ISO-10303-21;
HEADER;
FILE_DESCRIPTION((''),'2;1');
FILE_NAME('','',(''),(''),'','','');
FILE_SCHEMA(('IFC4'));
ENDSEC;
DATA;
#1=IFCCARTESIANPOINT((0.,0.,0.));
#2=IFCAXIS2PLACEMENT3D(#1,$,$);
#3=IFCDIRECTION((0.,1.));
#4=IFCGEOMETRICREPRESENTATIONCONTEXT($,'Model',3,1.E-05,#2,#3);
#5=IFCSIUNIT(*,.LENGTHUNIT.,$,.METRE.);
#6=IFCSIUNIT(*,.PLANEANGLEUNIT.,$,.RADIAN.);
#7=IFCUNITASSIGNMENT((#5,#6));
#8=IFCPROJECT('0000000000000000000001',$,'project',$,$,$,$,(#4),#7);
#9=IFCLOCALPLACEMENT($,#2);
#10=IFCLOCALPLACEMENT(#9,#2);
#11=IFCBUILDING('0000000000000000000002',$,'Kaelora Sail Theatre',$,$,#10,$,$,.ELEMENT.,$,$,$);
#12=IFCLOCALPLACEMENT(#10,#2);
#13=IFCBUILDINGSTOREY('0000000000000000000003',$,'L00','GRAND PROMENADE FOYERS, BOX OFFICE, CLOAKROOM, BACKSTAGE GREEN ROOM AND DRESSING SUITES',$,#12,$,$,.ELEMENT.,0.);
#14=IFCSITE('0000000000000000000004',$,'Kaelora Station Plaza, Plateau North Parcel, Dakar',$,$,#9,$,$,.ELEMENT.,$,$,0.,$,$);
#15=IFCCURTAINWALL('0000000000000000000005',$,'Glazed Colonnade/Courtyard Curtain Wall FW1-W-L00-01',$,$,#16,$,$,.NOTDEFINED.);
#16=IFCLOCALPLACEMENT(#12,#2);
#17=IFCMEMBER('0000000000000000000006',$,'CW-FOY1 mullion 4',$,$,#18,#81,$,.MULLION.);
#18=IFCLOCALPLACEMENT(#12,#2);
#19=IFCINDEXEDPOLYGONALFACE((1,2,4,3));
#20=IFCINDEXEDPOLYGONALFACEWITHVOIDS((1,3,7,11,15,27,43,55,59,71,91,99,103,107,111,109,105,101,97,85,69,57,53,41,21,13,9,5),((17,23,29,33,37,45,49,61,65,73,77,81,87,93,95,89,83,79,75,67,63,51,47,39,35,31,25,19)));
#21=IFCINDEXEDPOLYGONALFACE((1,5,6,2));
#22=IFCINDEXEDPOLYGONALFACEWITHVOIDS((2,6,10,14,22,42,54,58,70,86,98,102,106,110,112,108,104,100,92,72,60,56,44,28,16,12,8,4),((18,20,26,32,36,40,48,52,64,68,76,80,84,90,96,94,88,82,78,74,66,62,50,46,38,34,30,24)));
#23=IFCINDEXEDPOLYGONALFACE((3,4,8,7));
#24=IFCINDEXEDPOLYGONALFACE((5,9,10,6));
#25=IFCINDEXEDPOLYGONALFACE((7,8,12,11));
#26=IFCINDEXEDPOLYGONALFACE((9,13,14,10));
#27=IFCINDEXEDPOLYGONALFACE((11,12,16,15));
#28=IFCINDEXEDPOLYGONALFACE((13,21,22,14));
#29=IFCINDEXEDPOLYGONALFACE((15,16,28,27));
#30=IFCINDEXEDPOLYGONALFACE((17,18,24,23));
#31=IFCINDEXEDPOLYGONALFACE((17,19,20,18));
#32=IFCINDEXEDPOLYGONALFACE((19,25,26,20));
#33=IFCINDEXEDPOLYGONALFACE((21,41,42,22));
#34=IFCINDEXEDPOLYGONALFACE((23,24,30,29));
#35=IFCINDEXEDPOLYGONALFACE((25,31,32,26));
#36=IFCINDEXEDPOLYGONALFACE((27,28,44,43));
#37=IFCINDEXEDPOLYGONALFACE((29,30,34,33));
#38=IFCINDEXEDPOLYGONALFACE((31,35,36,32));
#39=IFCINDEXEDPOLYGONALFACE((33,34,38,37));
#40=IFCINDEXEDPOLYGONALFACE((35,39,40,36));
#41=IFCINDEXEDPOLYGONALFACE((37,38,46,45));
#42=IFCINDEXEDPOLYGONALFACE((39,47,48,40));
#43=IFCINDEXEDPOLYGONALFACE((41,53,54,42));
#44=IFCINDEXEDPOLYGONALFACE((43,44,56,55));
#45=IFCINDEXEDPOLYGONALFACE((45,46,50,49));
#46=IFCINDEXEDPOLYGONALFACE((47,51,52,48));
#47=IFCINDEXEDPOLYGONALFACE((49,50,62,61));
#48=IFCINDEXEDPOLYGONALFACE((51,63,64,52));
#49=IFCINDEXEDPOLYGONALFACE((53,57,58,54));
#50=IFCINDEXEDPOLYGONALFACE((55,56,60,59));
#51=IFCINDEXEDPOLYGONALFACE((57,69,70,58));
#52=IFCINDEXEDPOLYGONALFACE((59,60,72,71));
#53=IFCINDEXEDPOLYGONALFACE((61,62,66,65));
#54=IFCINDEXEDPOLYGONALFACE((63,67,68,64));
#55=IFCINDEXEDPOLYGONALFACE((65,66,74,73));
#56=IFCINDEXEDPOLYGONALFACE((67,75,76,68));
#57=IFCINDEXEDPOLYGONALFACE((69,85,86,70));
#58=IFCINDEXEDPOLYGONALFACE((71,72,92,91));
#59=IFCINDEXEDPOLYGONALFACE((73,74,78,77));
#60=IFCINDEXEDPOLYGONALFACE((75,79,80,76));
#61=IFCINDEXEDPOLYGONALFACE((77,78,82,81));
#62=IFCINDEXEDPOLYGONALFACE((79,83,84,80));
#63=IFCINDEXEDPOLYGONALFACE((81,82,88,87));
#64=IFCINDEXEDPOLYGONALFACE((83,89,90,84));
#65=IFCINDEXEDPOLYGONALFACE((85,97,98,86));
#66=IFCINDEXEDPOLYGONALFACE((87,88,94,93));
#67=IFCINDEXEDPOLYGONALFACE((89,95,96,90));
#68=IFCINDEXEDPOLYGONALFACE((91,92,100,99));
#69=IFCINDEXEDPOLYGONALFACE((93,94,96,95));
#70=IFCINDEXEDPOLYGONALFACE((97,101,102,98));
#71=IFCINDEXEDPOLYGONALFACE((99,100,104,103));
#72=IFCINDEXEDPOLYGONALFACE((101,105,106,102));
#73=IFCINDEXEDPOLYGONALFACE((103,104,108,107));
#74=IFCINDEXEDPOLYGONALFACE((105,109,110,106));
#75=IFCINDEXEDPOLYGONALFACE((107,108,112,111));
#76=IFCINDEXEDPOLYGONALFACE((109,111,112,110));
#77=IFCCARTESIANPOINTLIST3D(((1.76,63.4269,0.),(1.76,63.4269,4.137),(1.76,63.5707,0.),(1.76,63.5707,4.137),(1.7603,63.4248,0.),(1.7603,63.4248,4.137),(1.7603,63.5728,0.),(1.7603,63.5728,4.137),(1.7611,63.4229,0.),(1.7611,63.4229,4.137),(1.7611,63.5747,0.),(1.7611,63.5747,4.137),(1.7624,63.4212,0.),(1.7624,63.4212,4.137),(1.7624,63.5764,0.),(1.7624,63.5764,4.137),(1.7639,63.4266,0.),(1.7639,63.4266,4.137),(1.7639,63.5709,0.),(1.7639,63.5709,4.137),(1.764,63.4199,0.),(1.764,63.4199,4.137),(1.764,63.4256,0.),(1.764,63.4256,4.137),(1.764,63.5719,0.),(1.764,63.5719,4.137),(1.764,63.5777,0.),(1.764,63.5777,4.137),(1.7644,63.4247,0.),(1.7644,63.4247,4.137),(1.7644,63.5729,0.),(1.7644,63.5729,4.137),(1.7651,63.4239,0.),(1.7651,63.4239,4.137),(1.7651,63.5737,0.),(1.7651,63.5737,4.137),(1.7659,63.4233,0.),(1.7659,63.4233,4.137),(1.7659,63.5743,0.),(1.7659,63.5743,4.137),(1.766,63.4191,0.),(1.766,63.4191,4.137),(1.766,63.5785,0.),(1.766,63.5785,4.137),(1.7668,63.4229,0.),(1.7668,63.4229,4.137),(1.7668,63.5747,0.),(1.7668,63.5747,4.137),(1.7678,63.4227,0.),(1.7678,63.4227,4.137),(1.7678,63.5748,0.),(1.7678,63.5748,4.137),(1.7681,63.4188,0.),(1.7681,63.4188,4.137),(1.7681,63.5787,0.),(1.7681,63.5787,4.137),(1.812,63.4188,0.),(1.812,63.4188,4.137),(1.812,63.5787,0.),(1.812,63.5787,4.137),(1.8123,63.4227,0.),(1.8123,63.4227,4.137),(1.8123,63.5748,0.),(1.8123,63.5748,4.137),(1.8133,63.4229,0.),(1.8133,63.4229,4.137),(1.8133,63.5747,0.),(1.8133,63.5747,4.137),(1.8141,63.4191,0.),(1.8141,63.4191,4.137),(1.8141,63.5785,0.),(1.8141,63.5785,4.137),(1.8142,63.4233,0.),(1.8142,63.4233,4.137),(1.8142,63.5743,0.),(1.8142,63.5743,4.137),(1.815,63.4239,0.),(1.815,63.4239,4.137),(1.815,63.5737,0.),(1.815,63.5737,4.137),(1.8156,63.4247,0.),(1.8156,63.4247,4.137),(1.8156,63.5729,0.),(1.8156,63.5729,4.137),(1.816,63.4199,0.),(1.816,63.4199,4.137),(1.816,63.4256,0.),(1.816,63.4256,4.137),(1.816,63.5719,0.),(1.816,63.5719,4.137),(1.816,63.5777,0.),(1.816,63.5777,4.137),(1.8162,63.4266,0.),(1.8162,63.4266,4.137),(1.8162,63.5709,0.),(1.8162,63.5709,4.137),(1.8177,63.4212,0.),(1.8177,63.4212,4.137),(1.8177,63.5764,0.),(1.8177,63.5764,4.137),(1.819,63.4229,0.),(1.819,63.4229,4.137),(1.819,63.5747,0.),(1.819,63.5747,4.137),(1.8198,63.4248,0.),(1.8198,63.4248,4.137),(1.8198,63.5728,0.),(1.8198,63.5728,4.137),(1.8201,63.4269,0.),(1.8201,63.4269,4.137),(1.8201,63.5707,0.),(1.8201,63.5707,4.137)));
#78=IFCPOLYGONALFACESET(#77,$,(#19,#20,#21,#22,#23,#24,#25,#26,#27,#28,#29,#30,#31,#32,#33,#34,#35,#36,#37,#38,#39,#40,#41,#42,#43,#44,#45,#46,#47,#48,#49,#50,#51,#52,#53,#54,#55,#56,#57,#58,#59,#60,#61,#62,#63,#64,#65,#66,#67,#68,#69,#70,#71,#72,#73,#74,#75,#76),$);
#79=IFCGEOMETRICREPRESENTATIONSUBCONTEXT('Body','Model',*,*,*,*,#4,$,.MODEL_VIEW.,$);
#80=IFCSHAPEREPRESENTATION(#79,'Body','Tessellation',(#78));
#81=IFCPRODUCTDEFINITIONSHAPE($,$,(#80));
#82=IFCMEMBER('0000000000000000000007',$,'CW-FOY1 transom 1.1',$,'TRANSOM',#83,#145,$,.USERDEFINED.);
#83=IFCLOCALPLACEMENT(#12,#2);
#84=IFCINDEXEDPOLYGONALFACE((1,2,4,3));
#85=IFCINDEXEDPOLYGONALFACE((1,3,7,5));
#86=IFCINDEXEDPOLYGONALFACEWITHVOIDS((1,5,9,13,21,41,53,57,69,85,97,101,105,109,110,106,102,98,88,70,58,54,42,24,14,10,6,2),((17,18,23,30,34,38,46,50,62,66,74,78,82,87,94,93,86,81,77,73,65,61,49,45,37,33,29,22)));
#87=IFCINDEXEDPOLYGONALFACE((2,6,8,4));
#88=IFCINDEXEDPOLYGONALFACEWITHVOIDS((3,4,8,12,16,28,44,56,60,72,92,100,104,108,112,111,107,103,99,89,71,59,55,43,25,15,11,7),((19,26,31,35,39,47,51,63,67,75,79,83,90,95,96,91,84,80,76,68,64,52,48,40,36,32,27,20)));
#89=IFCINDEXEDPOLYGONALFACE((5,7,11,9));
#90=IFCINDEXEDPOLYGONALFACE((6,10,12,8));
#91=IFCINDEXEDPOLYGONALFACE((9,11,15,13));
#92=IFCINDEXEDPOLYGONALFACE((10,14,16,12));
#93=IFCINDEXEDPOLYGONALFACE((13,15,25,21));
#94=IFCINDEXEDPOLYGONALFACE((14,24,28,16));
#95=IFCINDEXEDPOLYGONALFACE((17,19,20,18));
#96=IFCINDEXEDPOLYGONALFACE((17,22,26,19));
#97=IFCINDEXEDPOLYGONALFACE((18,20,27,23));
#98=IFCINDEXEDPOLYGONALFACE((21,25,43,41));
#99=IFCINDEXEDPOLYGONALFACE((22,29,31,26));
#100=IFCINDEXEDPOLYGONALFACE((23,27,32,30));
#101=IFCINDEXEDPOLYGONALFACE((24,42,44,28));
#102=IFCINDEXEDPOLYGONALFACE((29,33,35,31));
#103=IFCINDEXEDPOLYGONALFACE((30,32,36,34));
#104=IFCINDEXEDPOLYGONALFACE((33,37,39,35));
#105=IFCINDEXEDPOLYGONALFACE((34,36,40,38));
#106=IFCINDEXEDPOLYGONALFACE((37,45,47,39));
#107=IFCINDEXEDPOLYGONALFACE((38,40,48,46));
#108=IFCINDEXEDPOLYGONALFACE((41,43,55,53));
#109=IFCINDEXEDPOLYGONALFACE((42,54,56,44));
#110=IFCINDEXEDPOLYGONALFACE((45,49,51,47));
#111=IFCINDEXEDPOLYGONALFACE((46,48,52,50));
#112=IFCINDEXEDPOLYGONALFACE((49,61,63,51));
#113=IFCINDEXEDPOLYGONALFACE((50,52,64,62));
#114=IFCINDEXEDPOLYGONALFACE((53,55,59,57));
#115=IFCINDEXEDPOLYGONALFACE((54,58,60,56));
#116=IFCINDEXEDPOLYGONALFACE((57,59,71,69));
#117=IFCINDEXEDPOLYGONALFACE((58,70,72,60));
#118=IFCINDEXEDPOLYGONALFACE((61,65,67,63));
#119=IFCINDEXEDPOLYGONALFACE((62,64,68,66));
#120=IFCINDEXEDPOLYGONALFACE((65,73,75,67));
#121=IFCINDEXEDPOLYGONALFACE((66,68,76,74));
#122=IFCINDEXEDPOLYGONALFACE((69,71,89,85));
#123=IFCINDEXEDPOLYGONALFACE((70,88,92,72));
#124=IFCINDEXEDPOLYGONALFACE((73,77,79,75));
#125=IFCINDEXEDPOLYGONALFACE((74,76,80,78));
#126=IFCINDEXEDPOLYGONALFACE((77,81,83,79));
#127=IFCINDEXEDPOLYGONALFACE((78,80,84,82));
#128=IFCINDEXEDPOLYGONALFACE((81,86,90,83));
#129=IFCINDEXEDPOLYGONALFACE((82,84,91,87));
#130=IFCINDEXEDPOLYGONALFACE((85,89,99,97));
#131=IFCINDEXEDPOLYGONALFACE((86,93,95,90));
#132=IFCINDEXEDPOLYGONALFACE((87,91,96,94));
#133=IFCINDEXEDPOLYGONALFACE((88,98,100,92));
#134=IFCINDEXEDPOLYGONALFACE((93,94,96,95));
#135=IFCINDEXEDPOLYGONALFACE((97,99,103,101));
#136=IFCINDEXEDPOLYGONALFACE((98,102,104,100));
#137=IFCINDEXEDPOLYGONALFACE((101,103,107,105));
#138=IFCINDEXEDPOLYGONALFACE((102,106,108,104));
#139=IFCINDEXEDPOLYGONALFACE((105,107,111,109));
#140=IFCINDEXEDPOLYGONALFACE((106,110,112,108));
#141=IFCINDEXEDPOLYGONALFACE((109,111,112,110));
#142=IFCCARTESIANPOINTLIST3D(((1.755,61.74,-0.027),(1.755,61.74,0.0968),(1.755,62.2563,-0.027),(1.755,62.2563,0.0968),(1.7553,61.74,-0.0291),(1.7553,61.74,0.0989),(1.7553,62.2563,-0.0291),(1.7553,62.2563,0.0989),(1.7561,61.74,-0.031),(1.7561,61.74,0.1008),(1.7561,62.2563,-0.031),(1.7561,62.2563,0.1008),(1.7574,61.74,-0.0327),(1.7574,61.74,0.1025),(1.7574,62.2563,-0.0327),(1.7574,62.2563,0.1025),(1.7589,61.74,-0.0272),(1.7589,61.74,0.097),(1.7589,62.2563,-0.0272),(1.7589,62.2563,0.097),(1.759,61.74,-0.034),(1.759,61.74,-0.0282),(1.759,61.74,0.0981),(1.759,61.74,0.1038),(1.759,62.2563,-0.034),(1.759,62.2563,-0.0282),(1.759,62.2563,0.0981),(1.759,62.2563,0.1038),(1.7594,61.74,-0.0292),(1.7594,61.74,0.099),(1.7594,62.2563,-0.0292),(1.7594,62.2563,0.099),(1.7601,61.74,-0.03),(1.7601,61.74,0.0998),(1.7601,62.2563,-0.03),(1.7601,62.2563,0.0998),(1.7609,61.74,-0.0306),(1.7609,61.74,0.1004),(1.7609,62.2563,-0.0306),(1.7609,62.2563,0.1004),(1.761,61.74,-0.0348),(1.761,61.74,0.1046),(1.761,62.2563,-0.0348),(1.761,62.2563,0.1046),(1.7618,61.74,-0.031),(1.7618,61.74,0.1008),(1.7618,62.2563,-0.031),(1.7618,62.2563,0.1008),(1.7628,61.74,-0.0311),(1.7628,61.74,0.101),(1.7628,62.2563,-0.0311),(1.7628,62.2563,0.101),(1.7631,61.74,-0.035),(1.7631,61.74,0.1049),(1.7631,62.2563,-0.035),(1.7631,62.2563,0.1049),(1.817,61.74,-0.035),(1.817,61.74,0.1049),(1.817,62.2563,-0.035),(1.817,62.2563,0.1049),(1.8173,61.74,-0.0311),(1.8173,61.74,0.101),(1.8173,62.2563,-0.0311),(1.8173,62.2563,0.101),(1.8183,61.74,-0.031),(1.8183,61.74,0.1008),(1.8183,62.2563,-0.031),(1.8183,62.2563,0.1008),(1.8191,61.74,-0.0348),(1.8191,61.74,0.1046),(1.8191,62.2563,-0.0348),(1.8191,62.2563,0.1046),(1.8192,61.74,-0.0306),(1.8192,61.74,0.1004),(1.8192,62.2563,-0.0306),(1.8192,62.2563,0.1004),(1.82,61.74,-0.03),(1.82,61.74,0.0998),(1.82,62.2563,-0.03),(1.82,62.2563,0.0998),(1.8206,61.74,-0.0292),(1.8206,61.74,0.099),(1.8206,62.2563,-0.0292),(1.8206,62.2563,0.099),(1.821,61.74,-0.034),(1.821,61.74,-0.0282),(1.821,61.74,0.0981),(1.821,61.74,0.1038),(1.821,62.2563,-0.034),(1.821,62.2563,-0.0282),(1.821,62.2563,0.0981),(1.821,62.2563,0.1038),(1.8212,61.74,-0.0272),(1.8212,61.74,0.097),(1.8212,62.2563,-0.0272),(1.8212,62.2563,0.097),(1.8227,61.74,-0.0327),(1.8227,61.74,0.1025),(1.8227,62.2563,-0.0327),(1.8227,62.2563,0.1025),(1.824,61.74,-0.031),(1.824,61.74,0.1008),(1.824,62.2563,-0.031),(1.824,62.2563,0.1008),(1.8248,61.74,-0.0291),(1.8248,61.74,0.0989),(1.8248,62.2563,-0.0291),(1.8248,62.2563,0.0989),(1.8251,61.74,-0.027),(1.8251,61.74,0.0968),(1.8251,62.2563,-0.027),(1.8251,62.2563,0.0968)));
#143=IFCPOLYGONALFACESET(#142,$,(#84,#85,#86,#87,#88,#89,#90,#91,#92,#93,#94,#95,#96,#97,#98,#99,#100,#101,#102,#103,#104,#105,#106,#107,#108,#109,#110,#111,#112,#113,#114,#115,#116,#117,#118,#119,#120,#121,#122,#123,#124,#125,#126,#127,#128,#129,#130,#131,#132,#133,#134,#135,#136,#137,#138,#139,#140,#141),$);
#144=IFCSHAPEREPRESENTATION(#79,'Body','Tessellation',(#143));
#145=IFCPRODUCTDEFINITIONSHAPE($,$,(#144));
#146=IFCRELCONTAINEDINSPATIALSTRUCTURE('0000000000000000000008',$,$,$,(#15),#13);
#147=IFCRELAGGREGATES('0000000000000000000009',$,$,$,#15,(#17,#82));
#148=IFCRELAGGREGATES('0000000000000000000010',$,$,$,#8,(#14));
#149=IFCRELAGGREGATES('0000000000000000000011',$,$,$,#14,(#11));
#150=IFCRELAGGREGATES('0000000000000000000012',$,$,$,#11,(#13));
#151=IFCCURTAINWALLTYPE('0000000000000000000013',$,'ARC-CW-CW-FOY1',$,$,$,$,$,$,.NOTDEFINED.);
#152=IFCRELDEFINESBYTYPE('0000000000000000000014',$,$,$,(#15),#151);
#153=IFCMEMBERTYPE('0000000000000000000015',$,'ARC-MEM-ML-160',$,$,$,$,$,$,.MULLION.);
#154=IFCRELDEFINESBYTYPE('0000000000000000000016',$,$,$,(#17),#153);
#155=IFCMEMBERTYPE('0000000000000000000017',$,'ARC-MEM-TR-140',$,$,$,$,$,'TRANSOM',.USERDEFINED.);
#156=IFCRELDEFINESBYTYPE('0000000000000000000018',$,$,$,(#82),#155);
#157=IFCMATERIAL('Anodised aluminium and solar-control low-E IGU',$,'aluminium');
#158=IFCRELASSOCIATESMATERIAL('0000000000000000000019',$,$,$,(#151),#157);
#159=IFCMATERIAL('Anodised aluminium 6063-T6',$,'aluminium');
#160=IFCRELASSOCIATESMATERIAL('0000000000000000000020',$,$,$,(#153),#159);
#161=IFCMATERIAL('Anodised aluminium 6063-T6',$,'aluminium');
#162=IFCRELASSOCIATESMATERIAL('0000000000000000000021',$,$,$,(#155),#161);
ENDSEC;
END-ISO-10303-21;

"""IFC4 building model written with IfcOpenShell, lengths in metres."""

from ifc_helpers import new_model, si_unit, direction, frame, origin, origin_2d, place, context, subcontext, project, spatial, hollow_rectangle, extrude, material, material_profile, profile_set, type_object, element, aggregate, save


model = new_model("IFC4")

# Units and contexts
model_context = context("Model", 3, precision=1e-05, world=origin(), true_north=direction((0.0, 1.0)))
body_context = subcontext(model_context, "Body", "Model", "MODEL_VIEW")
ifc_project = project(units=[si_unit("LENGTHUNIT", "METRE"), si_unit("PLANEANGLEUNIT", "RADIAN")], contexts=[model_context])

# Site, building, storey
site_placement = place(None, origin())
site = spatial("IfcSite", under=ifc_project, at=site_placement, Name="Kaelora Station Plaza, Plateau North Parcel, Dakar", CompositionType="ELEMENT", RefElevation=0.0)
building_placement = place(site_placement, origin())
building = spatial("IfcBuilding", under=site, at=building_placement, Name="Kaelora Sail Theatre", CompositionType="ELEMENT")
storey_placement = place(building_placement, origin())
storey = spatial("IfcBuildingStorey", under=building, at=storey_placement, Name="L00", Description="GRAND PROMENADE FOYERS, BOX OFFICE, CLOAKROOM, BACKSTAGE GREEN ROOM AND DRESSING SUITES", CompositionType="ELEMENT", Elevation=0.0)

# Shared definitions
ifc_material_1 = material(Name="Anodised aluminium and solar-control low-E IGU", Category="aluminium")
curtain_wall_type = type_object("IfcCurtainWallType", Name="ARC-CW-CW-FOY1", PredefinedType="NOTDEFINED", material=ifc_material_1)
ifc_material_2 = material(Name="Anodised aluminium 6063-T6", Category="aluminium")
ifc_material_profile_1 = material_profile(ifc_material_2, hollow_rectangle(XDim=0.0601, YDim=0.1599, WallThickness=0.0039, InnerFilletRadius=0.0039, OuterFilletRadius=0.0081, at=origin_2d()), Name="ALU-MULL 60x160x4")
ifc_profile_set_1 = profile_set([ifc_material_profile_1], Name="Anodised aluminium 6063-T6")
member_type_1 = type_object("IfcMemberType", Name="ARC-MEM-ML-160", PredefinedType="MULLION", material=ifc_profile_set_1)

# Curtain wall, members
curtain_wall_1_placement = place(storey_placement, origin())
curtain_wall_1 = element("IfcCurtainWall", 1, at=curtain_wall_1_placement, inside=storey, type_object=curtain_wall_type, Name="Glazed Colonnade/Courtyard Curtain Wall FW1-W-L00-01", PredefinedType="NOTDEFINED")
member_1_placement = place(storey_placement, frame((1.79, 63.4988, 0.0), z_axis=(0.0, 0.0, 1.0), x_axis=(-1.0, 0.0, 0.0)))
member_1 = element("IfcMember", 2, at=member_1_placement, type_object=member_type_1, Name="CW-FOY1 mullion 4", PredefinedType="MULLION", context=body_context, shape_type="SweptSolid", body=[
    extrude(hollow_rectangle(XDim=0.0601, YDim=0.1599, WallThickness=0.0039, InnerFilletRadius=0.0039, OuterFilletRadius=0.0081, at=origin_2d()), origin(), (0.0, 0.0, 1.0), 4.137),
])
ifc_material_3 = material(Name="Anodised aluminium 6063-T6", Category="aluminium")
ifc_material_profile_2 = material_profile(ifc_material_3, hollow_rectangle(XDim=0.0701, YDim=0.1399, WallThickness=0.0039, InnerFilletRadius=0.0039, OuterFilletRadius=0.0081, at=origin_2d()), Name="ALU-TRAN 70x140x4")
ifc_profile_set_2 = profile_set([ifc_material_profile_2], Name="Anodised aluminium 6063-T6")
member_type_2 = type_object("IfcMemberType", Name="ARC-MEM-TR-140", ElementType="TRANSOM", PredefinedType="USERDEFINED", material=ifc_profile_set_2)
member_2_placement = place(storey_placement, frame((1.79, 61.74, 0.0349), z_axis=(0.0, 1.0, 0.0), x_axis=(-1.0, 0.0, 0.0)))
member_2 = element("IfcMember", 3, at=member_2_placement, type_object=member_type_2, Name="CW-FOY1 transom 1.1", ObjectType="TRANSOM", PredefinedType="USERDEFINED", context=body_context, shape_type="SweptSolid", body=[
    extrude(hollow_rectangle(XDim=0.0701, YDim=0.1399, WallThickness=0.0039, InnerFilletRadius=0.0039, OuterFilletRadius=0.0081, at=origin_2d()), origin(), (0.0, 0.0, 1.0), 0.5164),
])

aggregate(curtain_wall_1, [member_1, member_2])

save(model, "model.ifc")
